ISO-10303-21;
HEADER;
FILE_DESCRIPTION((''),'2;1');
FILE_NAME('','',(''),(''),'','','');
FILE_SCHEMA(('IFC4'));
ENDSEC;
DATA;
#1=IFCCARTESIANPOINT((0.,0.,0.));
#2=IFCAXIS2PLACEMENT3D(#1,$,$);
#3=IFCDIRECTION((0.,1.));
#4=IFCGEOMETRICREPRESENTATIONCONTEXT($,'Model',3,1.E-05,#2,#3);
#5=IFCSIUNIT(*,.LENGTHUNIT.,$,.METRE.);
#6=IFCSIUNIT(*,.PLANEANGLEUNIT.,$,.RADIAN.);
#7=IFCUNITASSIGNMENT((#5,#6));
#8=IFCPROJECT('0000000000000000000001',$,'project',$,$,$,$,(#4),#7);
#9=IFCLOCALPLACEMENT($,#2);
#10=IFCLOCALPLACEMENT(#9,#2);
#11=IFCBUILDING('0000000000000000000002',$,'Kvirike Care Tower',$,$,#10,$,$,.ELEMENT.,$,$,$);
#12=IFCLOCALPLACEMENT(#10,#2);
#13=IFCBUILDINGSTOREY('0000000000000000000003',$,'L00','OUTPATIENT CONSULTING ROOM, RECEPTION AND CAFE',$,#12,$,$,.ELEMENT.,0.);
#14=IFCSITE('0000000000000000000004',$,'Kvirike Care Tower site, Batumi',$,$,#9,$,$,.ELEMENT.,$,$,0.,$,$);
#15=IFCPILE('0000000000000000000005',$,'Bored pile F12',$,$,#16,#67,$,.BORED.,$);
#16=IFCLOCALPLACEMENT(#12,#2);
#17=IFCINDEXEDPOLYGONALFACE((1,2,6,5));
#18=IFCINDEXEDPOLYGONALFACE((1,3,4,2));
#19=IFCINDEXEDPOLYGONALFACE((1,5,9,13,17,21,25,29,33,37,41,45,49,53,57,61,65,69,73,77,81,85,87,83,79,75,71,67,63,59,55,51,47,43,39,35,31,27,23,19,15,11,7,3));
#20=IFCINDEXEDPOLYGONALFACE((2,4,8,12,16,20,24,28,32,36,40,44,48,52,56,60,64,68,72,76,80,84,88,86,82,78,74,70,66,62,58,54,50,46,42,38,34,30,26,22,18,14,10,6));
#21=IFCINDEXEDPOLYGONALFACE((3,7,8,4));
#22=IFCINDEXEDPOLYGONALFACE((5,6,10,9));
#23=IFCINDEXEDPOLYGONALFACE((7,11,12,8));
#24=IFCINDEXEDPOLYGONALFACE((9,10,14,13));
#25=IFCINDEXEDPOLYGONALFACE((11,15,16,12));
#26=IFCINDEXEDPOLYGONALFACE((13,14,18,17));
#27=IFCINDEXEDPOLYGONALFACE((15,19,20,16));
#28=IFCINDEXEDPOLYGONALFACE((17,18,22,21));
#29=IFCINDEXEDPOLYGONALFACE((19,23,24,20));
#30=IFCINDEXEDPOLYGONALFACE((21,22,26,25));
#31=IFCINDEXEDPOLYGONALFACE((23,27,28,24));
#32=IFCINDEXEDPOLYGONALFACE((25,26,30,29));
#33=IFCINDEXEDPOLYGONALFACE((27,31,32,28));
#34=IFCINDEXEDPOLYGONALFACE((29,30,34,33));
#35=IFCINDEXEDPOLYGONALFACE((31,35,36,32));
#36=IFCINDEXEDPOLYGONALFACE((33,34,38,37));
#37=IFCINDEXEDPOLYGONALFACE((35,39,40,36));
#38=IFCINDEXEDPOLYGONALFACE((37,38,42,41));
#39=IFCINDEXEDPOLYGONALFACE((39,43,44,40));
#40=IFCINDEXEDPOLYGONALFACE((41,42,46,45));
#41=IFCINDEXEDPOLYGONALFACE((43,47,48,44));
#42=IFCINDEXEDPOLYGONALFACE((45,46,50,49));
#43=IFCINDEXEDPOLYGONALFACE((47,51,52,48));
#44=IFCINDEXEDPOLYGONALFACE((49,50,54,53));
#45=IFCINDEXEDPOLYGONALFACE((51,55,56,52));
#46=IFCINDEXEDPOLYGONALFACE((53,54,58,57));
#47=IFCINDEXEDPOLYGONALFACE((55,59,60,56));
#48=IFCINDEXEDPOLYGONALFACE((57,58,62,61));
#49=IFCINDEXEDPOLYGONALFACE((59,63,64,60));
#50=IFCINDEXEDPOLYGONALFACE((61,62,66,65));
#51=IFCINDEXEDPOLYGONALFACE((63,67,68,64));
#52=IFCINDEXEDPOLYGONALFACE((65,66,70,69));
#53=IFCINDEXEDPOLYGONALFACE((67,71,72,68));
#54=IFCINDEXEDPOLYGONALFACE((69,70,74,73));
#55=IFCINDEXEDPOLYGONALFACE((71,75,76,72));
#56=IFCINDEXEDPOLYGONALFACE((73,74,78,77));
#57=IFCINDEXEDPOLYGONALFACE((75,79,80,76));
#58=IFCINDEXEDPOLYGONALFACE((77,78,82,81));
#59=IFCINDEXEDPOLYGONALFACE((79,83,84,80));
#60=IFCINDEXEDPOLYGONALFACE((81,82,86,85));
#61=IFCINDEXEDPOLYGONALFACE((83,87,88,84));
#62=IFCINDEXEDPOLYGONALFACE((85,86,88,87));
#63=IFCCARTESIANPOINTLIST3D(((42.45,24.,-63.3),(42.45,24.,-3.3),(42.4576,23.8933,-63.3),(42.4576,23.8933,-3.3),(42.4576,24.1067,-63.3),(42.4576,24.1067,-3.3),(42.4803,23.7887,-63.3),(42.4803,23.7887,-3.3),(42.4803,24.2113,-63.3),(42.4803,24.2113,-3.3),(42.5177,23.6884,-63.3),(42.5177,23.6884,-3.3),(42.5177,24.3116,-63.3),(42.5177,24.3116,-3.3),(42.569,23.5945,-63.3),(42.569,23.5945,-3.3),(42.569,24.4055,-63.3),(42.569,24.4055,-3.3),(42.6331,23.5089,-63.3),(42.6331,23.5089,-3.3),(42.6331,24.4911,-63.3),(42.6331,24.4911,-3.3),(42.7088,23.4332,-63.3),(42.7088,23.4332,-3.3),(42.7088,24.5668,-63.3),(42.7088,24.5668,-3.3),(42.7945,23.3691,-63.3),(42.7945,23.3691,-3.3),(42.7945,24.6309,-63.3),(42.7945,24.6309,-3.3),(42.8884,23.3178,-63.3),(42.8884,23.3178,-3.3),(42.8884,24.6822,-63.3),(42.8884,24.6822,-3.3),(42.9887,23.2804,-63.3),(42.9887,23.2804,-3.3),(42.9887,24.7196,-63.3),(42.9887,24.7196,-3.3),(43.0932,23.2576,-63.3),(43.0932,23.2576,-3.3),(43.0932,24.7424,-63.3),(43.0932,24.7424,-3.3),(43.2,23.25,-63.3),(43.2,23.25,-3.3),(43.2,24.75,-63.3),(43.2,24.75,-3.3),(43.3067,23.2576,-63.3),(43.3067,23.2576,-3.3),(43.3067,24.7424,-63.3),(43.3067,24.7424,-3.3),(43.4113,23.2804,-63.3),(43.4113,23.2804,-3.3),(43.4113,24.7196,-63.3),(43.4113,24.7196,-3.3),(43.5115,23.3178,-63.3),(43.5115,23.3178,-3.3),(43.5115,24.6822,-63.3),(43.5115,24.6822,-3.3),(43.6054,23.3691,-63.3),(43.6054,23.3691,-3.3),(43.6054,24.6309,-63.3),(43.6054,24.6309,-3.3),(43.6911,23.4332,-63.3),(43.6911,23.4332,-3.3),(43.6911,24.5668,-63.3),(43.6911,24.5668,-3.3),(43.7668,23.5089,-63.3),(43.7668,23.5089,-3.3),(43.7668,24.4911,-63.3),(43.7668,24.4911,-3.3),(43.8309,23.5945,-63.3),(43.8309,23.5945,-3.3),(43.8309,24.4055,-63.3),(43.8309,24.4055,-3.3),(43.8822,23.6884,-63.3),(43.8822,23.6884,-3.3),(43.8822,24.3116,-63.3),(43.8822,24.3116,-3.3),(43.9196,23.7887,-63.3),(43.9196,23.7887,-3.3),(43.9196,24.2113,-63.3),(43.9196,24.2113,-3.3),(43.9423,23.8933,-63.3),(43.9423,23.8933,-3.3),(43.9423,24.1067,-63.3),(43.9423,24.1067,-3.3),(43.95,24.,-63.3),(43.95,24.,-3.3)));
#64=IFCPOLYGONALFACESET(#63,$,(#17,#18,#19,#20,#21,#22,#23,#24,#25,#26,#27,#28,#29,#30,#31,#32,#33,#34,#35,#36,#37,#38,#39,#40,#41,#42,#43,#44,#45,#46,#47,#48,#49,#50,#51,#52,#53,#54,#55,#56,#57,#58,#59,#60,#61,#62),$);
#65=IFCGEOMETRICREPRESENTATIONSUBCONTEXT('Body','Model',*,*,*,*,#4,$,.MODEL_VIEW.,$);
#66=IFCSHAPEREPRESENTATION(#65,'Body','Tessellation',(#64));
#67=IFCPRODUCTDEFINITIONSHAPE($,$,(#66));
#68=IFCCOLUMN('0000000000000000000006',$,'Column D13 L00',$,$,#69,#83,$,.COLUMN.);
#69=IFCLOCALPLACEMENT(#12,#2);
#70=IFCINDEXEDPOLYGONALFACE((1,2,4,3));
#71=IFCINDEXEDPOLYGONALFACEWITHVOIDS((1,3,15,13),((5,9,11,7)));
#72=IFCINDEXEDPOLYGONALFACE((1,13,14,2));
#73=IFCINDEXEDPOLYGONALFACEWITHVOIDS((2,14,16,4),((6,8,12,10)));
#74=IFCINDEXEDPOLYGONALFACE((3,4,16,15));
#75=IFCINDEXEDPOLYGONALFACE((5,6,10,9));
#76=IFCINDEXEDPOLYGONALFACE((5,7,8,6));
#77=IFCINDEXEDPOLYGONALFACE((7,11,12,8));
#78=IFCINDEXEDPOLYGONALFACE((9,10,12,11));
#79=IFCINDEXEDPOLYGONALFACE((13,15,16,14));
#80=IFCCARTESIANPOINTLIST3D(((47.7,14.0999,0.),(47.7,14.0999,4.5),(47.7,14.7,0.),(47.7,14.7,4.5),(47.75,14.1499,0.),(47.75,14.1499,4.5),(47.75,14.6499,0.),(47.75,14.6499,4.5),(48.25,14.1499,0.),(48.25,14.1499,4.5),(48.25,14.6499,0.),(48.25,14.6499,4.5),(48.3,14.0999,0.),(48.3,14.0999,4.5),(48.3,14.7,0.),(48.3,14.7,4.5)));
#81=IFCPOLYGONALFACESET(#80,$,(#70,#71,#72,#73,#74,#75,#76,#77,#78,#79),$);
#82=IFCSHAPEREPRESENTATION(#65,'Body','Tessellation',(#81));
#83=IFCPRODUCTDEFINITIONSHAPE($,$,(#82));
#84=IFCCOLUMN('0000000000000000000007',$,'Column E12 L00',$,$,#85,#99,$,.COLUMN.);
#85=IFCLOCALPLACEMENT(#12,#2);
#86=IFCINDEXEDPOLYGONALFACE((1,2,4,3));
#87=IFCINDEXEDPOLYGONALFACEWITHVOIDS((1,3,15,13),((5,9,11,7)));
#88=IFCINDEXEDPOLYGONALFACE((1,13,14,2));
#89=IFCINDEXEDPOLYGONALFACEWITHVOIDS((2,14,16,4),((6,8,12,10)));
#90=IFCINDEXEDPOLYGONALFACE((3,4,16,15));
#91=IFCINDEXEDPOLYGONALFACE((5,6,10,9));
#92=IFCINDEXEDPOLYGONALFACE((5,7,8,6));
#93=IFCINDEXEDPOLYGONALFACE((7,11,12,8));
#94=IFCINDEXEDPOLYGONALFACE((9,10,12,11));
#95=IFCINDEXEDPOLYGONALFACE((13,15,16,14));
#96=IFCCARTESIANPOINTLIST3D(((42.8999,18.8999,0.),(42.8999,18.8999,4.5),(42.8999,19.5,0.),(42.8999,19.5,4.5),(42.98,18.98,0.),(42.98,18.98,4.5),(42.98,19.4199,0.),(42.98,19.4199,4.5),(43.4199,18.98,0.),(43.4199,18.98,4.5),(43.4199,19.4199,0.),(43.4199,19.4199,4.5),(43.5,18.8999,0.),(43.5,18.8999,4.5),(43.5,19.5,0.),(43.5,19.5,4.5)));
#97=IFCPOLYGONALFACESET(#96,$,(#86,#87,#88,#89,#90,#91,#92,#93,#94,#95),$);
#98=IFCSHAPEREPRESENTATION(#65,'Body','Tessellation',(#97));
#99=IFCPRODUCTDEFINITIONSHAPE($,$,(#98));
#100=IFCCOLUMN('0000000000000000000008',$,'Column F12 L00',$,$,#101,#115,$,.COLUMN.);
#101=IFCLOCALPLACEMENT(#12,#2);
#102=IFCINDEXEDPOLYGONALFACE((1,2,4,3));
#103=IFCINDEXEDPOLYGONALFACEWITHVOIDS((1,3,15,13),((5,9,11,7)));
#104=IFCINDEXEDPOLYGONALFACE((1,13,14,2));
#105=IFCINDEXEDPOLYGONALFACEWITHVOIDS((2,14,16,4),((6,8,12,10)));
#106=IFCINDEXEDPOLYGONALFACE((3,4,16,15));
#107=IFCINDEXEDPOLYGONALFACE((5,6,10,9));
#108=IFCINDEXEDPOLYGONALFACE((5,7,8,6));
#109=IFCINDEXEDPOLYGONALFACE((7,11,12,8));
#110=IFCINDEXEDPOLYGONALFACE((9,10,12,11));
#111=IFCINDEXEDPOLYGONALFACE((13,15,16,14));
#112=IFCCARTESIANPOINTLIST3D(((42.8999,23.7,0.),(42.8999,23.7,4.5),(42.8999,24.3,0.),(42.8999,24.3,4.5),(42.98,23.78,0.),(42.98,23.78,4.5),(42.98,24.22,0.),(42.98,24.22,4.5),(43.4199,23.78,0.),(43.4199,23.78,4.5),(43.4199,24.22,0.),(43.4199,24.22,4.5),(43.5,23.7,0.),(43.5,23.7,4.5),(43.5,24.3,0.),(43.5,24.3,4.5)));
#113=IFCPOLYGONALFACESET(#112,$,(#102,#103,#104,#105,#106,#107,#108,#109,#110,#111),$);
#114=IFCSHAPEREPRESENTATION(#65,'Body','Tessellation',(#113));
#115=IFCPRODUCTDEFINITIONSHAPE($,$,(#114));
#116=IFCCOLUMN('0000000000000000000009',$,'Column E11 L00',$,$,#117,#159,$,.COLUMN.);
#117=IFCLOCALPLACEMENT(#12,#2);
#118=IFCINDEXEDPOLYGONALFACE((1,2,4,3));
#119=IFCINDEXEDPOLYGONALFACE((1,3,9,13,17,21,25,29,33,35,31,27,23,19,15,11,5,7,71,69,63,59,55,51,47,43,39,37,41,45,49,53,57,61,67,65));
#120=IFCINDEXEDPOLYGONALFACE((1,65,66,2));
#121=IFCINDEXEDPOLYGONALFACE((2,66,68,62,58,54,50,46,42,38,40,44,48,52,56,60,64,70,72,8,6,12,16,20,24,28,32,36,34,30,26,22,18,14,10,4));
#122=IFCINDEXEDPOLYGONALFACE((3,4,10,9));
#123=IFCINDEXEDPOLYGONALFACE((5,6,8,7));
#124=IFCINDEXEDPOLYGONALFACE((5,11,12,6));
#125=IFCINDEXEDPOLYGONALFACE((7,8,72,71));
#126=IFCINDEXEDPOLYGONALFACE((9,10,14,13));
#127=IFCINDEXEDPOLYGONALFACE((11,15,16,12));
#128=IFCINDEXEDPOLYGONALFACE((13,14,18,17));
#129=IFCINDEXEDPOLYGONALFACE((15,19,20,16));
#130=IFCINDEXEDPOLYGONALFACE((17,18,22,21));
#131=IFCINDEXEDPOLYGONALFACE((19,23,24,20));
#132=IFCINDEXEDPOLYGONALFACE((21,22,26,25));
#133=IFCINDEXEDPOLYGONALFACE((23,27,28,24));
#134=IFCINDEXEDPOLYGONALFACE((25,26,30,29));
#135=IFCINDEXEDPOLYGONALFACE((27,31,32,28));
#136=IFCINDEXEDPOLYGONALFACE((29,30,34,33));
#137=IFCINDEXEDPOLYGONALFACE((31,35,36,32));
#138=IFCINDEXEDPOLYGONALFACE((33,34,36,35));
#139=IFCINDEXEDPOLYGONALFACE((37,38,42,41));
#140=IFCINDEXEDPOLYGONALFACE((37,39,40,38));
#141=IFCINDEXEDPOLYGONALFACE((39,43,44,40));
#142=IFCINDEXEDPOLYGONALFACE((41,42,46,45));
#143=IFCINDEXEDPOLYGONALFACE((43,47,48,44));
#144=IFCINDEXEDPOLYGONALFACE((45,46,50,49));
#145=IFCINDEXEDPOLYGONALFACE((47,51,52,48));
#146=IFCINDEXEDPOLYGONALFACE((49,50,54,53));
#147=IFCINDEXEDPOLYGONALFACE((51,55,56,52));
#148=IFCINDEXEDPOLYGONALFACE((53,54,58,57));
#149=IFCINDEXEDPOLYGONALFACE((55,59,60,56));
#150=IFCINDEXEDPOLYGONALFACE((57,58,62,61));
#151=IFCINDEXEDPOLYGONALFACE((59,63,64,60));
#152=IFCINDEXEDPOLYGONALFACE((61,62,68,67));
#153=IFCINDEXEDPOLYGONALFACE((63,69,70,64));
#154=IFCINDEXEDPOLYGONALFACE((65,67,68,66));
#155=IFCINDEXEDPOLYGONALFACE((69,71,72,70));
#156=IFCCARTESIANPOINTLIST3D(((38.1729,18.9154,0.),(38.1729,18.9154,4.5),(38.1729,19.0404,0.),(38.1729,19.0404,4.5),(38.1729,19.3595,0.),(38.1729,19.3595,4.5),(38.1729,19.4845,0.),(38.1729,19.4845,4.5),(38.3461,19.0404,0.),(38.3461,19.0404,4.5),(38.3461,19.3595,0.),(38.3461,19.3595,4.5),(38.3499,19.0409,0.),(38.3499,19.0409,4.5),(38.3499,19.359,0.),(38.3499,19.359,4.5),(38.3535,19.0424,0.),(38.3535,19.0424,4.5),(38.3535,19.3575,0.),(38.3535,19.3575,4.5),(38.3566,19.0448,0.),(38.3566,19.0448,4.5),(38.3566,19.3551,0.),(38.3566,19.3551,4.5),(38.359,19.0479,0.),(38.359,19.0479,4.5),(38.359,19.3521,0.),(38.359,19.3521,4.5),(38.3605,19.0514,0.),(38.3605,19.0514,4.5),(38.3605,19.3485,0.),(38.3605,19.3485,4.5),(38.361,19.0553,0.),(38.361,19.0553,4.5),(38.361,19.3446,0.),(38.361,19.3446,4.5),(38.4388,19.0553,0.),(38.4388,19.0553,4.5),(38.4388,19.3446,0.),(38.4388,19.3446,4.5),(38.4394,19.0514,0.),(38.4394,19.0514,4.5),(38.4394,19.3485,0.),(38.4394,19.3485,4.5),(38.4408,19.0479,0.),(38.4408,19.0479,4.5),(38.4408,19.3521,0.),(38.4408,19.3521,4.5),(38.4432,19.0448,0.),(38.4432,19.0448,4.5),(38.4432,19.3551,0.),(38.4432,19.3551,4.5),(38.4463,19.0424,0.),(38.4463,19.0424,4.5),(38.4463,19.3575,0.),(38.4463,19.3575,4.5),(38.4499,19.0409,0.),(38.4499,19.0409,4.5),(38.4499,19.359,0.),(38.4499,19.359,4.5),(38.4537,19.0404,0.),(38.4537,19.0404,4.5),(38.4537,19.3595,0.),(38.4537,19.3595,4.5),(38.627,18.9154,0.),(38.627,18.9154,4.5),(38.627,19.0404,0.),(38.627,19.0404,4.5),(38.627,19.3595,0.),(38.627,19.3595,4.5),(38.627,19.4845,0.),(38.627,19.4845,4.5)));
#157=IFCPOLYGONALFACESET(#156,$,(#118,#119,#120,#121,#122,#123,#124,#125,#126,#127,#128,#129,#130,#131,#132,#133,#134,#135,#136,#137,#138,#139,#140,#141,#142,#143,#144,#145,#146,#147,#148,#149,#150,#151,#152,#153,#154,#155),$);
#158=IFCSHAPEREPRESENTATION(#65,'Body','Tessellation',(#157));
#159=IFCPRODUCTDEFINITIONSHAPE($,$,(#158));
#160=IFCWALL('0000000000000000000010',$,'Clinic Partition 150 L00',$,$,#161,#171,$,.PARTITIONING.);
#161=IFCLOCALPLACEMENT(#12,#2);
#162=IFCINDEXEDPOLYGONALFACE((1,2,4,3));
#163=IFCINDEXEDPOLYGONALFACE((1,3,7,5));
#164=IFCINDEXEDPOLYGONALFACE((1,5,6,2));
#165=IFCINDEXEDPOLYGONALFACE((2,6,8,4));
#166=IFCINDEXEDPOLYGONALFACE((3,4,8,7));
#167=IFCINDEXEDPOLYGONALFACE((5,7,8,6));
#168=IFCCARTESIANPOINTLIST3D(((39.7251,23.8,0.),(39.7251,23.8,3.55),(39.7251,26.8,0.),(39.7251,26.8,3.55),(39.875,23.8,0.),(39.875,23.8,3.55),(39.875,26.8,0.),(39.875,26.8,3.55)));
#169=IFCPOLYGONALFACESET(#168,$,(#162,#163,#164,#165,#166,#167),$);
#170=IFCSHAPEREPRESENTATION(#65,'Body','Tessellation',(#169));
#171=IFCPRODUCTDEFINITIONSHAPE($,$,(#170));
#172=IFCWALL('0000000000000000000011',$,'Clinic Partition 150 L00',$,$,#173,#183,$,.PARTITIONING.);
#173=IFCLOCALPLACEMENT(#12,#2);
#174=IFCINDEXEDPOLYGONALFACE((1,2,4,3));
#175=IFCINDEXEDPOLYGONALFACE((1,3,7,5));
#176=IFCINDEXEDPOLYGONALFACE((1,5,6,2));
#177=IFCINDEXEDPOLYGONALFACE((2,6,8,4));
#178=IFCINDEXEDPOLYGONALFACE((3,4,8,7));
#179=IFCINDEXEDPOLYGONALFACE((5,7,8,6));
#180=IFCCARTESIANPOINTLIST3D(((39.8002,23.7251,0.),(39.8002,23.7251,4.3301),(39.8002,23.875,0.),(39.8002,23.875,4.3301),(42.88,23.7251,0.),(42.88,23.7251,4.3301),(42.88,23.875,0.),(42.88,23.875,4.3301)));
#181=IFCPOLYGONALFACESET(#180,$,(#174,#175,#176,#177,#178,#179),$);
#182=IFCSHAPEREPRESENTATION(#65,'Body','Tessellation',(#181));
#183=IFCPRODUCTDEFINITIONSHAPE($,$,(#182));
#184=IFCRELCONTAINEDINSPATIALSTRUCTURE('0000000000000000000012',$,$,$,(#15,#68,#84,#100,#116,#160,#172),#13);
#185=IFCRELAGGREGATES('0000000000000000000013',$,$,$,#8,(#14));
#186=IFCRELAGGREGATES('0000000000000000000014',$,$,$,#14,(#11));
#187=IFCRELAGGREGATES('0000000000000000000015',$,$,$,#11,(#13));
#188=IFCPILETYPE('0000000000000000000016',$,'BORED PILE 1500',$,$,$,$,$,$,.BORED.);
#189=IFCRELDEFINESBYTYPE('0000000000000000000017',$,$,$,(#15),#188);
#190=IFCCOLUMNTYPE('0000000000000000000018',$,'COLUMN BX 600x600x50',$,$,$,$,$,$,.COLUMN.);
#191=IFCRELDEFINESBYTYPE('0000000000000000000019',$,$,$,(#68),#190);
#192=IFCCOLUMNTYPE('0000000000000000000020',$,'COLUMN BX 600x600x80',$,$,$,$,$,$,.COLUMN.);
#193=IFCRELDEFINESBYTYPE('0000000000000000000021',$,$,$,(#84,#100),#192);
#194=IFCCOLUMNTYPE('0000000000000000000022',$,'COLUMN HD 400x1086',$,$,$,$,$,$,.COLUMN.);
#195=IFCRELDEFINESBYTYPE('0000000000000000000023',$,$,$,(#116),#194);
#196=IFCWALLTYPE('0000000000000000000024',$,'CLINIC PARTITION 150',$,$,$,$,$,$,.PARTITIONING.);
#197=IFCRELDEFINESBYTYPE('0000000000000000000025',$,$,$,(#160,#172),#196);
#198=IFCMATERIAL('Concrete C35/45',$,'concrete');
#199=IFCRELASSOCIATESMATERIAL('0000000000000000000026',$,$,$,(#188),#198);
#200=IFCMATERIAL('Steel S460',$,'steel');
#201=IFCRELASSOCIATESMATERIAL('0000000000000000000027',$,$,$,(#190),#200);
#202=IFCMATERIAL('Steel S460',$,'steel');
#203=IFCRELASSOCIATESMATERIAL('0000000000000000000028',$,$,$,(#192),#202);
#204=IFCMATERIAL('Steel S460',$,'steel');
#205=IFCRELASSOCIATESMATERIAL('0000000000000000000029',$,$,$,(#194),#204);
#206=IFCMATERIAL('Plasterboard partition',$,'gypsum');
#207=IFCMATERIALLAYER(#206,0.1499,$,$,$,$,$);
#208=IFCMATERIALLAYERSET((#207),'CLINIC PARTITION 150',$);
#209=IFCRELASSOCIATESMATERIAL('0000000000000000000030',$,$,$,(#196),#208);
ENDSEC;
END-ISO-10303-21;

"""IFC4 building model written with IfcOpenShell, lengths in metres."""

from ifc_helpers import new_model, si_unit, direction, frame, frame_2d, origin, origin_2d, place, context, subcontext, project, spatial, rectangle, hollow_rectangle, circle, i_section, extrude, material, layer, layer_set, material_profile, profile_set, type_object, element, save


model = new_model("IFC4")

# Units and contexts
model_context = context("Model", 3, precision=1e-05, world=origin(), true_north=direction((0.0, 1.0)))
body_context = subcontext(model_context, "Body", "Model", "MODEL_VIEW")
ifc_project = project(units=[si_unit("LENGTHUNIT", "METRE"), si_unit("PLANEANGLEUNIT", "RADIAN")], contexts=[model_context])

# Site, building, storey
site_placement = place(None, origin())
site = spatial("IfcSite", under=ifc_project, at=site_placement, Name="Kvirike Care Tower site, Batumi", CompositionType="ELEMENT", RefElevation=0.0)
building_placement = place(site_placement, origin())
building = spatial("IfcBuilding", under=site, at=building_placement, Name="Kvirike Care Tower", CompositionType="ELEMENT")
storey_placement = place(building_placement, origin())
storey = spatial("IfcBuildingStorey", under=building, at=storey_placement, Name="L00", Description="OUTPATIENT CONSULTING ROOM, RECEPTION AND CAFE", CompositionType="ELEMENT", Elevation=0.0)

# Pile
ifc_material_1 = material(Name="Concrete C35/45", Category="concrete")
ifc_material_profile_1 = material_profile(ifc_material_1, circle(Radius=0.75, at=origin_2d()), Name="BORED PILE 1500")
ifc_profile_set_1 = profile_set([ifc_material_profile_1], Name="Concrete C35/45")
pile_type = type_object("IfcPileType", Name="BORED PILE 1500", PredefinedType="BORED", material=ifc_profile_set_1)
for number, where, z_axis, x_axis, name in (
    (1, (43.2, 24.0, -3.3), (0.0, 0.0, -1.0), (1.0, 0.0, 0.0), "Bored pile F12"),
):
    element("IfcPile", number, at=place(storey_placement, frame(where, z_axis=z_axis, x_axis=x_axis)), inside=storey, type_object=pile_type, Name=name, PredefinedType="BORED", context=body_context, shape_type="SweptSolid", body=[
        extrude(circle(Radius=0.75, at=origin_2d()), origin(), (0.0, 0.0, 1.0), 60.0),
    ])

# Columns
ifc_material_2 = material(Name="Steel S460", Category="steel")
ifc_material_profile_2 = material_profile(ifc_material_2, hollow_rectangle(XDim=0.6001, YDim=0.6001, WallThickness=0.05, at=origin_2d()), Name="BX 600x600x50")
ifc_profile_set_2 = profile_set([ifc_material_profile_2], Name="Steel S460")
column_type_1 = type_object("IfcColumnType", Name="COLUMN BX 600x600x50", PredefinedType="COLUMN", material=ifc_profile_set_2)
column_1_placement = place(storey_placement, frame((48.0, 14.3999, 0.0), z_axis=(0.0, 0.0, 1.0), x_axis=(0.0, 1.0, 0.0)))
element("IfcColumn", 2, at=column_1_placement, inside=storey, type_object=column_type_1, Name="Column D13 L00", PredefinedType="COLUMN", context=body_context, shape_type="SweptSolid", body=[
    extrude(hollow_rectangle(XDim=0.6001, YDim=0.6001, WallThickness=0.05, at=origin_2d()), origin(), (0.0, 0.0, 1.0), 4.5),
])
ifc_material_3 = material(Name="Steel S460", Category="steel")
ifc_material_profile_3 = material_profile(ifc_material_3, hollow_rectangle(XDim=0.6001, YDim=0.6001, WallThickness=0.0801, at=origin_2d()), Name="BX 600x600x80")
ifc_profile_set_3 = profile_set([ifc_material_profile_3], Name="Steel S460")
column_type_2 = type_object("IfcColumnType", Name="COLUMN BX 600x600x80", PredefinedType="COLUMN", material=ifc_profile_set_3)
for number, where, z_axis, x_axis, name in (
    (3, (43.2, 19.2, 0.0), (0.0, 0.0, 1.0), (1.0, 0.0, 0.0), "Column E12 L00"),
    (4, (43.2, 24.0, 0.0), (0.0, 0.0, 1.0), (1.0, 0.0, 0.0), "Column F12 L00"),
):
    element("IfcColumn", number, at=place(storey_placement, frame(where, z_axis=z_axis, x_axis=x_axis)), inside=storey, type_object=column_type_2, Name=name, PredefinedType="COLUMN", context=body_context, shape_type="SweptSolid", body=[
        extrude(hollow_rectangle(XDim=0.6001, YDim=0.6001, WallThickness=0.0801, at=origin_2d()), origin(), (0.0, 0.0, 1.0), 4.5),
    ])
ifc_material_4 = material(Name="Steel S460", Category="steel")
ifc_material_profile_4 = material_profile(ifc_material_4, i_section(OverallWidth=0.4541, OverallDepth=0.5691, WebThickness=0.0779, FlangeThickness=0.125, FilletRadius=0.0149, at=origin_2d()), Name="HD 400x1086")
ifc_profile_set_4 = profile_set([ifc_material_profile_4], Name="Steel S460")
column_type_3 = type_object("IfcColumnType", Name="COLUMN HD 400x1086", PredefinedType="COLUMN", material=ifc_profile_set_4)
column_2_placement = place(storey_placement, frame((38.3999, 19.2, 0.0), z_axis=(0.0, 0.0, 1.0), x_axis=(1.0, 0.0, 0.0)))
element("IfcColumn", 5, at=column_2_placement, inside=storey, type_object=column_type_3, Name="Column E11 L00", PredefinedType="COLUMN", context=body_context, shape_type="SweptSolid", body=[
    extrude(i_section(OverallWidth=0.4541, OverallDepth=0.5691, WebThickness=0.0779, FlangeThickness=0.125, FilletRadius=0.0149, at=origin_2d()), origin(), (0.0, 0.0, 1.0), 4.5),
])

# Walls
ifc_material_5 = material(Name="Plasterboard partition", Category="gypsum")
ifc_layer_1 = layer(ifc_material_5, 0.1499)
ifc_layer_set_1 = layer_set([ifc_layer_1], Name="CLINIC PARTITION 150")
wall_type_1 = type_object("IfcWallType", Name="CLINIC PARTITION 150", PredefinedType="PARTITIONING", material=ifc_layer_set_1)
wall_1_placement = place(storey_placement, frame((39.8, 23.8, 0.0), z_axis=(0.0, 0.0, 1.0), x_axis=(0.0, 1.0, 0.0)))
element("IfcWall", 6, at=wall_1_placement, inside=storey, type_object=wall_type_1, Name="Clinic Partition 150 L00", PredefinedType="PARTITIONING", context=body_context, shape_type="SweptSolid", body=[
    extrude(rectangle(XDim=3.0, YDim=0.1499, at=frame_2d((1.5, 0.0))), origin(), (0.0, 0.0, 1.0), 3.55),
])
wall_2_placement = place(storey_placement, frame((39.8, 23.8, 0.0), z_axis=(0.0, 0.0, 1.0), x_axis=(1.0, 0.0, 0.0)))
element("IfcWall", 7, at=wall_2_placement, inside=storey, type_object=wall_type_1, Name="Clinic Partition 150 L00", PredefinedType="PARTITIONING", context=body_context, shape_type="SweptSolid", body=[
    extrude(rectangle(XDim=3.0798, YDim=0.1499, at=frame_2d((1.54, 0.0))), origin(), (0.0, 0.0, 1.0), 4.3301),
])

save(model, "model.ifc")
